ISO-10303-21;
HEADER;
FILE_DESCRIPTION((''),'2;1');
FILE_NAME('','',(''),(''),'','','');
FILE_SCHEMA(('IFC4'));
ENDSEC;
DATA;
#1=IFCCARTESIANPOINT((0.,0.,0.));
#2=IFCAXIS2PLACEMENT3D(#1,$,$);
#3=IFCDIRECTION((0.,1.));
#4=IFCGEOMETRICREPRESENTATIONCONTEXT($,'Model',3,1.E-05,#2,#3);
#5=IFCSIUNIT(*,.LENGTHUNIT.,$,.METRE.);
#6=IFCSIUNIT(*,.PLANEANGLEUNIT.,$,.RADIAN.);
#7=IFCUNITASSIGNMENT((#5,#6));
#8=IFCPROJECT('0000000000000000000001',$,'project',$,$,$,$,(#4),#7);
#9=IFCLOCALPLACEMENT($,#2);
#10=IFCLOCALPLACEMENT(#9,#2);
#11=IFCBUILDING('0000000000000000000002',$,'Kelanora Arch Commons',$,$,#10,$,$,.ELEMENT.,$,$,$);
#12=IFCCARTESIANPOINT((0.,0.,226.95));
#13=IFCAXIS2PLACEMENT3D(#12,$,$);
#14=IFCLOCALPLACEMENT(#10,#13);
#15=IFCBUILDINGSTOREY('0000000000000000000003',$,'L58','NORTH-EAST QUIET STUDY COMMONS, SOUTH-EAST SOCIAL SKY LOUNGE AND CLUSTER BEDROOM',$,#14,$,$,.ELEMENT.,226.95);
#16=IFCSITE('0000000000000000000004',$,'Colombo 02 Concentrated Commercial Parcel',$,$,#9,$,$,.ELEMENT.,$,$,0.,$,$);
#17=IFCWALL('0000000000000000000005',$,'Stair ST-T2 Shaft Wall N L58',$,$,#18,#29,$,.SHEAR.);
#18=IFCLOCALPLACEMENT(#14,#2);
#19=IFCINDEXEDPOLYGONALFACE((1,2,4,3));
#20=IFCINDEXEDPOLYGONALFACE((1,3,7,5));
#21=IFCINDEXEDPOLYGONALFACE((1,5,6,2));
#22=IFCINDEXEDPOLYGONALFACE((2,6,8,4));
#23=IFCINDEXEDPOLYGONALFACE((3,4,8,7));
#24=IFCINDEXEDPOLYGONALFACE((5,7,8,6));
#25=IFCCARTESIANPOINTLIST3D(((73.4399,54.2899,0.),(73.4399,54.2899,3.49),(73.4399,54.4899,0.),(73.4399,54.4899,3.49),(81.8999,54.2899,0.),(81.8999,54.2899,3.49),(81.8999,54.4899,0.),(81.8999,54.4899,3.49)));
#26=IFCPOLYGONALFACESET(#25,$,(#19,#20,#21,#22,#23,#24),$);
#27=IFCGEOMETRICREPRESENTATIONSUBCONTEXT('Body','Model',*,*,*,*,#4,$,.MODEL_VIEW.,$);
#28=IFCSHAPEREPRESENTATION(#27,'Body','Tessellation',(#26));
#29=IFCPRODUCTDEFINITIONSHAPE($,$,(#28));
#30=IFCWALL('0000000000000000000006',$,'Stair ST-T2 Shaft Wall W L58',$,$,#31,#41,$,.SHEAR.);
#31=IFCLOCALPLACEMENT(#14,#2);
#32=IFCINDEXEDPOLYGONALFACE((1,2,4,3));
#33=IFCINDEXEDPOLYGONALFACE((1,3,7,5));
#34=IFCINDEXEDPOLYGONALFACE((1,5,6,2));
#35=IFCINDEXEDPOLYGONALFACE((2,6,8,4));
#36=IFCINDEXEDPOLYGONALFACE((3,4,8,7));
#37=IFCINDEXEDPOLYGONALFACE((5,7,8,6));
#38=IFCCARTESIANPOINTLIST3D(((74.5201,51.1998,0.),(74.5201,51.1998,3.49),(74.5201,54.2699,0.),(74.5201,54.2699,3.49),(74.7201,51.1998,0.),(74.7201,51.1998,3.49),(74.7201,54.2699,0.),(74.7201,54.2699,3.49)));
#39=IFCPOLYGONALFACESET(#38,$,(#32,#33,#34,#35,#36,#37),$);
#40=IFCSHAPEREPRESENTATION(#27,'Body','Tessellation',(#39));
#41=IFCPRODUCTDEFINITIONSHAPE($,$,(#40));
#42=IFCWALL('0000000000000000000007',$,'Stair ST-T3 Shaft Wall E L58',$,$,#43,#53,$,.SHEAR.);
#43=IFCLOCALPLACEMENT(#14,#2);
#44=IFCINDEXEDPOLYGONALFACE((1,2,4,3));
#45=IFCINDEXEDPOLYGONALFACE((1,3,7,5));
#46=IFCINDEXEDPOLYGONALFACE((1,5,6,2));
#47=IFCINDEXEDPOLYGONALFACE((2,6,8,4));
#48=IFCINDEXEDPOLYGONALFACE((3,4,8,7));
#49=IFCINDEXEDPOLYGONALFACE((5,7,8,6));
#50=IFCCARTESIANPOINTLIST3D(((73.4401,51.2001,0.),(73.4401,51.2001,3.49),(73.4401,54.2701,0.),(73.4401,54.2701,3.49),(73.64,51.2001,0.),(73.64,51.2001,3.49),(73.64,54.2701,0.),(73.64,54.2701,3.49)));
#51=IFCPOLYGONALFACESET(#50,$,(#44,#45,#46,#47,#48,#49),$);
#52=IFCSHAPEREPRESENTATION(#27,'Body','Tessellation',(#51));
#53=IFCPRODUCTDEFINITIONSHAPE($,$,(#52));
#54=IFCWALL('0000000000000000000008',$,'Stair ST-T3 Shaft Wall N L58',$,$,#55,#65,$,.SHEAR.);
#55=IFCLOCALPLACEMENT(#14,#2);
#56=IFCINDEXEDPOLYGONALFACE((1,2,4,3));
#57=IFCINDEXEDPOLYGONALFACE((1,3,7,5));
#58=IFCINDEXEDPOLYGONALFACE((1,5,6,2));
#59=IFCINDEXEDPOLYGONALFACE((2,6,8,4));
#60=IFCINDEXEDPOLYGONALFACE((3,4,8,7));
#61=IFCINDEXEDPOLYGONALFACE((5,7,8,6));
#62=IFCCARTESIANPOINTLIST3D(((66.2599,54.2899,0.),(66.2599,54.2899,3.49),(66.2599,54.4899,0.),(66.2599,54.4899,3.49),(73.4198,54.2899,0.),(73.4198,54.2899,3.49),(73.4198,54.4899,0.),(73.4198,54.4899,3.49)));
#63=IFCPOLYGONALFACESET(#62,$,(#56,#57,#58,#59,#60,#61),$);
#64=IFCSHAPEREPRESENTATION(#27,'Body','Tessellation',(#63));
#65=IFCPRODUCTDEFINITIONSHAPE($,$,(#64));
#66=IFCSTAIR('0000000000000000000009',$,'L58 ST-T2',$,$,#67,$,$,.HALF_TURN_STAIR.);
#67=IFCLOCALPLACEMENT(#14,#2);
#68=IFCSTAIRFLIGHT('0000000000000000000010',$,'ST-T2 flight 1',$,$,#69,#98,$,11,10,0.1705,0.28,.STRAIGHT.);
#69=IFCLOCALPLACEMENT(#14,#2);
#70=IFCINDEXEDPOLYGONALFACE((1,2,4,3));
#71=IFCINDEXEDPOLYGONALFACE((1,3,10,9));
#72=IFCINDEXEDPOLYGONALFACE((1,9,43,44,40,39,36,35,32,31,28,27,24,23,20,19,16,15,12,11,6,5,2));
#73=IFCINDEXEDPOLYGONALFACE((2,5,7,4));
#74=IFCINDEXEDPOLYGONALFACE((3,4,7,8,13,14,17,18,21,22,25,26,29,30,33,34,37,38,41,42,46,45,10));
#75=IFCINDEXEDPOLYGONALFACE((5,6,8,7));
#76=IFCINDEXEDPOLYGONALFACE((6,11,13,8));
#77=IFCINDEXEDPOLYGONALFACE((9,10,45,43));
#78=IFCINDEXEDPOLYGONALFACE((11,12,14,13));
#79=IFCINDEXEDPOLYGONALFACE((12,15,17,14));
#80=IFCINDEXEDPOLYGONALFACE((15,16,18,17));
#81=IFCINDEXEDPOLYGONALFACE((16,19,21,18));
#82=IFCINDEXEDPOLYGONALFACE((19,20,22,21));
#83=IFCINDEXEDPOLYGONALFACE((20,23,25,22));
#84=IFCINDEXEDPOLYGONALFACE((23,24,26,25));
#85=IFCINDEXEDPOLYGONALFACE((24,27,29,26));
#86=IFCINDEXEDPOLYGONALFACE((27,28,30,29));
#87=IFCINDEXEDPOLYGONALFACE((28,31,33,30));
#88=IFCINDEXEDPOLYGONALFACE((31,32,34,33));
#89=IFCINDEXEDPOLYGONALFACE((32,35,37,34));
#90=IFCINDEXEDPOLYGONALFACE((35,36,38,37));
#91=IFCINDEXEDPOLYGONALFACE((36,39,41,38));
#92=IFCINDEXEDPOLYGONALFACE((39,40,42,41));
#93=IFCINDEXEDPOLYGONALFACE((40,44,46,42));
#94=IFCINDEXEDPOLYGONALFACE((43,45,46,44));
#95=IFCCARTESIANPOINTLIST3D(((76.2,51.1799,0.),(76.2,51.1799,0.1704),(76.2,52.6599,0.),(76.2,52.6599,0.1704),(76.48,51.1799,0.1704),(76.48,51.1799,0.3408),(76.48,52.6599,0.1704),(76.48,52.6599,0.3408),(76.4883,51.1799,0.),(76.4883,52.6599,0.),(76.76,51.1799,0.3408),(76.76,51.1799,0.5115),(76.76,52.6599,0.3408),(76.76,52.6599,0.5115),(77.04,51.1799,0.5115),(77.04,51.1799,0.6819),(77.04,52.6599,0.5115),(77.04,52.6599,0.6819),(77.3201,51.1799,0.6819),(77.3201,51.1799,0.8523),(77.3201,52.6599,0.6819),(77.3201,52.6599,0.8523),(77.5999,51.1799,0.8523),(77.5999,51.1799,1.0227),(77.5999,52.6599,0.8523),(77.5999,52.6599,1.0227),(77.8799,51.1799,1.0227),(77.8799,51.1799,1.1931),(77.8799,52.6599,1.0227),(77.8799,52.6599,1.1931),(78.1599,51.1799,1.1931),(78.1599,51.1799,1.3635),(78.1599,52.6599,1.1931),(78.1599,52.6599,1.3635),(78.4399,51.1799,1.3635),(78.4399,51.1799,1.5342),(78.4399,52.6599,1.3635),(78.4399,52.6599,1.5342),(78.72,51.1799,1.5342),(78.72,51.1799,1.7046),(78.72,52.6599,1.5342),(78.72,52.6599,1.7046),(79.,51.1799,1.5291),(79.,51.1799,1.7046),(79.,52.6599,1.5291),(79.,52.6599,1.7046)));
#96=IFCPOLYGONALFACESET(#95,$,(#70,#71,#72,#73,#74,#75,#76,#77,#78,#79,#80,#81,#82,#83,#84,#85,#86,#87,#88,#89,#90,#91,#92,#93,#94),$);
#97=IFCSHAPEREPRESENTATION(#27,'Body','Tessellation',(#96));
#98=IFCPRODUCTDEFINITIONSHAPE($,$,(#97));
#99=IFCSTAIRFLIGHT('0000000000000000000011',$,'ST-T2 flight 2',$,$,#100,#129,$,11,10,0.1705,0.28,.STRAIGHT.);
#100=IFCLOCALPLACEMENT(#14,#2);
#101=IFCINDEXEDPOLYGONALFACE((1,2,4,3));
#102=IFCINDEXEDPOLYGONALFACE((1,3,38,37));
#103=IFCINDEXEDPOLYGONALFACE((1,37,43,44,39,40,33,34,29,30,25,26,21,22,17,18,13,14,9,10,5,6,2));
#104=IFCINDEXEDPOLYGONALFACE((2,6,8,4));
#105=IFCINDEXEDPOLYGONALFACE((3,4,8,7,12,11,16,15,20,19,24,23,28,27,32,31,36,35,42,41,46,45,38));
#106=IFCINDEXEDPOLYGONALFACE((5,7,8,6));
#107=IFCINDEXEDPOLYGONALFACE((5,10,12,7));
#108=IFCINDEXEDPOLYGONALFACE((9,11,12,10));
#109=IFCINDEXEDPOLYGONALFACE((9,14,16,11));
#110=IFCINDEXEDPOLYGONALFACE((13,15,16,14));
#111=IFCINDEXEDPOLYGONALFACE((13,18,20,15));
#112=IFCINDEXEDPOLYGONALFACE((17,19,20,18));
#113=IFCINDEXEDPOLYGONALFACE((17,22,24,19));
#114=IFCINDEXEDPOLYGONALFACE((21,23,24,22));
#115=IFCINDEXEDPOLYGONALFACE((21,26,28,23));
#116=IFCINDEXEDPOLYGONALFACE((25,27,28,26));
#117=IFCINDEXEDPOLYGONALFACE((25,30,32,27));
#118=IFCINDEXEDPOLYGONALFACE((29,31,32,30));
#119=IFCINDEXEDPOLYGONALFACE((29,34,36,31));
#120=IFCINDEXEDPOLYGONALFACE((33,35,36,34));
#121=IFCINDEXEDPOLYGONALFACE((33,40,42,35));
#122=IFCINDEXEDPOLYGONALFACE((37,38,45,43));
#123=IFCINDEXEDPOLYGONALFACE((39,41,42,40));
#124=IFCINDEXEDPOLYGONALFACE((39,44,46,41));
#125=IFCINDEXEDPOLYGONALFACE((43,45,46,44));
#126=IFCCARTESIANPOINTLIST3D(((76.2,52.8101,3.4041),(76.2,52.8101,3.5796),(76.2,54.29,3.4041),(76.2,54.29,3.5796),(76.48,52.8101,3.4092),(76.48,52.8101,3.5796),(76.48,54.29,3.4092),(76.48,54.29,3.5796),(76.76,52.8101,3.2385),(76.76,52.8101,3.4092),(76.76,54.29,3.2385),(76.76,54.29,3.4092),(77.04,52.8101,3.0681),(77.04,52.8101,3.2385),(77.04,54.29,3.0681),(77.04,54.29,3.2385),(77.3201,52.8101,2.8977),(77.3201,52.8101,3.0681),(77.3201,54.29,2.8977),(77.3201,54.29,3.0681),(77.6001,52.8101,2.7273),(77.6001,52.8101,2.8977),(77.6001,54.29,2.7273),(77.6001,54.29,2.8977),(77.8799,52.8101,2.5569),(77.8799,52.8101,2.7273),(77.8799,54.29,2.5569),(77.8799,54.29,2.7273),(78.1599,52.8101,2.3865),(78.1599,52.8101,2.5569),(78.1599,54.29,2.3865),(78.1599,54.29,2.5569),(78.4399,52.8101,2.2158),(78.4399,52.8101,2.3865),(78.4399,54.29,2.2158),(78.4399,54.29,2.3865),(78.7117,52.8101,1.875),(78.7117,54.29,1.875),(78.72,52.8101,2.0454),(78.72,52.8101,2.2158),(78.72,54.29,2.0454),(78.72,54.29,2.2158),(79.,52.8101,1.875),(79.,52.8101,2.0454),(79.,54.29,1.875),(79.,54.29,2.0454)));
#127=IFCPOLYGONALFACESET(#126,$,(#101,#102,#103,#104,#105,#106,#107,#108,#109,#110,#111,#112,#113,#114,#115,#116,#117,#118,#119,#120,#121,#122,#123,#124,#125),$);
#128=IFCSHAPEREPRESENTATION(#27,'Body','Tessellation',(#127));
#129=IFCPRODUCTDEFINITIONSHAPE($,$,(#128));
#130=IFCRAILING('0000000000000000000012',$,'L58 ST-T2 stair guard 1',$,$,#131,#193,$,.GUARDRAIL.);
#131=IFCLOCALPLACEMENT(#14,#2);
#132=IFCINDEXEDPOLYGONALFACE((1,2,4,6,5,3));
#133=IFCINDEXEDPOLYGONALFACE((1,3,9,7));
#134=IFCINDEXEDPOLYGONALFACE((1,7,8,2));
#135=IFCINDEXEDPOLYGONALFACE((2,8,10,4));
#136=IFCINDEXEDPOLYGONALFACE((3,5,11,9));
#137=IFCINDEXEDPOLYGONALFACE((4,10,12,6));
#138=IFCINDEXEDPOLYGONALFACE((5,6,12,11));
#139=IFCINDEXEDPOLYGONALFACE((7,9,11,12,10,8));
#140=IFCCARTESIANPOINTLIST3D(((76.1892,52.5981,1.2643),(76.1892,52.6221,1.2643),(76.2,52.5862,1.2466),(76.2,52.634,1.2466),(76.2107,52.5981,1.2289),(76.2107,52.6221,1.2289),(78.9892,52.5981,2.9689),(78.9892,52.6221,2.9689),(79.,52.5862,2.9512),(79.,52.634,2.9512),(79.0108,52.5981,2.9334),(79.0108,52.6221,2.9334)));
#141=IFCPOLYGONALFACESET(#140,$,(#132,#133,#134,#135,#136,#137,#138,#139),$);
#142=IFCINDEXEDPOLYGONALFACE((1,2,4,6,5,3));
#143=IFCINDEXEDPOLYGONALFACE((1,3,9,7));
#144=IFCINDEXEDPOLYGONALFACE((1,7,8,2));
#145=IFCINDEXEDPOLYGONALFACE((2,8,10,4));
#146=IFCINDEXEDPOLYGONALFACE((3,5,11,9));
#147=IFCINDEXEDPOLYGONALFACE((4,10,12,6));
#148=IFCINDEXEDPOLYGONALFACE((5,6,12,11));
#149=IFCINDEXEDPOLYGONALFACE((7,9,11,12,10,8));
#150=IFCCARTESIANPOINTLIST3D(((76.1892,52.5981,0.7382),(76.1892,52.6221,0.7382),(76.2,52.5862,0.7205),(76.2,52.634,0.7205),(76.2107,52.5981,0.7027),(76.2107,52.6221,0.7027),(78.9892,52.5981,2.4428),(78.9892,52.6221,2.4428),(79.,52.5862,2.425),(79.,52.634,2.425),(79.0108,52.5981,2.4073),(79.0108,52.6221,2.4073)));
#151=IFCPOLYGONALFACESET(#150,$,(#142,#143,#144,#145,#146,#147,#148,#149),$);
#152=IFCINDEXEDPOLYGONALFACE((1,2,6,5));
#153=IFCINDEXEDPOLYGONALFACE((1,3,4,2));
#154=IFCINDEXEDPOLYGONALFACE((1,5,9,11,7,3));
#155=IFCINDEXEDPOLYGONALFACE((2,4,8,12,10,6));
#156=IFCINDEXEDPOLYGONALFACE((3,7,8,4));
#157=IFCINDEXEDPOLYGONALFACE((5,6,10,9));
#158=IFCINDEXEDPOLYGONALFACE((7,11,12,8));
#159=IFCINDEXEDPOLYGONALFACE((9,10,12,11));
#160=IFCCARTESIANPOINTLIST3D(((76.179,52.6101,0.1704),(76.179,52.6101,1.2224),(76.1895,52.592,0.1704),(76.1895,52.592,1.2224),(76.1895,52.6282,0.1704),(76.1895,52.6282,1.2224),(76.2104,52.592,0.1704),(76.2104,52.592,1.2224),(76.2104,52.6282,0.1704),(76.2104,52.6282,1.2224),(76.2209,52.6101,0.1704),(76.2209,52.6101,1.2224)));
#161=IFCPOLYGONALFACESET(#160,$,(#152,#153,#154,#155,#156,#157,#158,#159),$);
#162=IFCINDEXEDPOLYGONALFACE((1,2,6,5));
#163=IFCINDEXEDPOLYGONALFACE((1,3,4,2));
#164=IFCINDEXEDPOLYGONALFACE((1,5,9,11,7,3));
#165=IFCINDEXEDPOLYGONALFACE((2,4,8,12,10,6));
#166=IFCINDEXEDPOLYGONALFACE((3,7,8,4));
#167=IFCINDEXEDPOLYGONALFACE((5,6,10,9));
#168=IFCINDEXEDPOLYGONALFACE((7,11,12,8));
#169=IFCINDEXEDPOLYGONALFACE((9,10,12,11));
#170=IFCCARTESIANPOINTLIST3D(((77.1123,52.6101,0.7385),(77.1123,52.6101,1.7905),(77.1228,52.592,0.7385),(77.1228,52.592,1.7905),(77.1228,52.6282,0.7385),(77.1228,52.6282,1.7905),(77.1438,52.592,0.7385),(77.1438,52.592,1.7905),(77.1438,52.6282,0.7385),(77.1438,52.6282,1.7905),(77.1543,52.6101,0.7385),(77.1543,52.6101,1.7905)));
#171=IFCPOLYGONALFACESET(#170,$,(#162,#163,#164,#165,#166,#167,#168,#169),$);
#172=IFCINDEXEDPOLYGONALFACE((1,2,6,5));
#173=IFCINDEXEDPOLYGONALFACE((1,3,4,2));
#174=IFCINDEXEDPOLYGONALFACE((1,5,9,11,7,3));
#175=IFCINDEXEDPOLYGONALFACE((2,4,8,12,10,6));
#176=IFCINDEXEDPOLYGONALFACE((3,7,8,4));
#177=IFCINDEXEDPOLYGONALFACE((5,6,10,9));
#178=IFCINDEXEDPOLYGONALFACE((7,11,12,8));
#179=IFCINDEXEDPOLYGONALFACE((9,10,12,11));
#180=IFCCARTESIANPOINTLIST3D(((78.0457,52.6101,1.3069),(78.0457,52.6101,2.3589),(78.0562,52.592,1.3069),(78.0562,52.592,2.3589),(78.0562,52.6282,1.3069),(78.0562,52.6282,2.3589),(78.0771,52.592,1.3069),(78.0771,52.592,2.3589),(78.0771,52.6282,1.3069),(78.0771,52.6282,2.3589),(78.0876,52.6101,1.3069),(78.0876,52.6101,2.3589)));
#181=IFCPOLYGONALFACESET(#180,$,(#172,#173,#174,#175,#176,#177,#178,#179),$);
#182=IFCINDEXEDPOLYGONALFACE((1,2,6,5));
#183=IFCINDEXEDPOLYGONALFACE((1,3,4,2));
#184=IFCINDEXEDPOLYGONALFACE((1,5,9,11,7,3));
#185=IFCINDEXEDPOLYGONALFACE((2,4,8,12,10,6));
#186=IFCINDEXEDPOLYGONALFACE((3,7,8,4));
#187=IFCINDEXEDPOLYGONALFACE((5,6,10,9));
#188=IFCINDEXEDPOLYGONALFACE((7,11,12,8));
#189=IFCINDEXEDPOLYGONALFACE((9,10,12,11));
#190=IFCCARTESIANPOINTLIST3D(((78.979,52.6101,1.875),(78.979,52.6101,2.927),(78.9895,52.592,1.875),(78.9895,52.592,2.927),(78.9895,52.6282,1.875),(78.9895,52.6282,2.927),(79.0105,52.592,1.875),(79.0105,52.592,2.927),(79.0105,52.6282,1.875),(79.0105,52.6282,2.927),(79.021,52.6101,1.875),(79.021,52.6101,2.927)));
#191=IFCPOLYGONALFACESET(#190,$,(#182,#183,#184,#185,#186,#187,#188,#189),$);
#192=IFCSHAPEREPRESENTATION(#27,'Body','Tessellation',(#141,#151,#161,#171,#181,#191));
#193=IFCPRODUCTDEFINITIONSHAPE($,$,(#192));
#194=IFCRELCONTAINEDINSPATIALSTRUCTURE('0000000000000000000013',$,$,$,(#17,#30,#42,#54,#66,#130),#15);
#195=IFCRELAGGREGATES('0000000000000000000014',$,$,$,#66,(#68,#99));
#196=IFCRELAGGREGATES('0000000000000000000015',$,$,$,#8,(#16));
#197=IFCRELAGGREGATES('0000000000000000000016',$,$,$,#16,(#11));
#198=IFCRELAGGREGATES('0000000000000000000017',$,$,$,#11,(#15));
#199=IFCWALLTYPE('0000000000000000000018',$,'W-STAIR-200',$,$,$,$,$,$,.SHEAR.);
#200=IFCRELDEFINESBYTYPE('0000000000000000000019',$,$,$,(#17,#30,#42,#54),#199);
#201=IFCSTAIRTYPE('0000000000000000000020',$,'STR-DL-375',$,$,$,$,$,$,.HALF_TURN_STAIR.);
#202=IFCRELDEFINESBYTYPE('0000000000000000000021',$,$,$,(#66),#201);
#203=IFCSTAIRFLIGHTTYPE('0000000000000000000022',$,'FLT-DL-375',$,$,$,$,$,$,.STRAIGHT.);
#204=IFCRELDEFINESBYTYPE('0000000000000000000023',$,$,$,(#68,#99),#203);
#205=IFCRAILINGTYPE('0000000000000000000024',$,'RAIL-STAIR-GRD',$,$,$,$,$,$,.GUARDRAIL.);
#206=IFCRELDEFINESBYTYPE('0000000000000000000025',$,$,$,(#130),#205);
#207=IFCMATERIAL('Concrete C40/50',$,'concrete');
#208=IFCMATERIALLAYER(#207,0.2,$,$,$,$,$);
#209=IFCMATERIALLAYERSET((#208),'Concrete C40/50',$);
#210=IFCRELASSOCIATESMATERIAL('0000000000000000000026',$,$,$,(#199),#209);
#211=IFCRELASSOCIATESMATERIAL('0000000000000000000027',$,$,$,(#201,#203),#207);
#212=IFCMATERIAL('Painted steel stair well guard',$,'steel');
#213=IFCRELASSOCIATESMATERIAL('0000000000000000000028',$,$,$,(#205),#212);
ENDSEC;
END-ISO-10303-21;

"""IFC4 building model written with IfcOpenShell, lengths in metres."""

from ifc_helpers import new_model, si_unit, direction, frame, frame_2d, origin, place, context, subcontext, project, spatial, polyline, rectangle, outline, extrude, material, layer, layer_set, type_object, element, aggregate, save


model = new_model("IFC4")

# Units and contexts
model_context = context("Model", 3, precision=1e-05, world=origin(), true_north=direction((0.0, 1.0)))
body_context = subcontext(model_context, "Body", "Model", "MODEL_VIEW")
ifc_project = project(units=[si_unit("LENGTHUNIT", "METRE"), si_unit("PLANEANGLEUNIT", "RADIAN")], contexts=[model_context])

# Site, building, storey
site_placement = place(None, origin())
site = spatial("IfcSite", under=ifc_project, at=site_placement, Name="Colombo 02 Concentrated Commercial Parcel", CompositionType="ELEMENT", RefElevation=0.0)
building_placement = place(site_placement, origin())
building = spatial("IfcBuilding", under=site, at=building_placement, Name="Kelanora Arch Commons", CompositionType="ELEMENT")
storey_placement = place(building_placement, frame((0.0, 0.0, 226.95)))
storey = spatial("IfcBuildingStorey", under=building, at=storey_placement, Name="L58", Description="NORTH-EAST QUIET STUDY COMMONS, SOUTH-EAST SOCIAL SKY LOUNGE AND CLUSTER BEDROOM", CompositionType="ELEMENT", Elevation=226.95)

# Shared definitions
ifc_material_1 = material(Name="Concrete C40/50", Category="concrete")
ifc_layer_1 = layer(ifc_material_1, 0.2)
ifc_layer_set_1 = layer_set([ifc_layer_1], Name="Concrete C40/50")
wall_type_1 = type_object("IfcWallType", Name="W-STAIR-200", PredefinedType="SHEAR", material=ifc_layer_set_1)

# Walls
wall_1_placement = place(storey_placement, frame((81.8999, 54.3899, 0.0), z_axis=(0.0, 0.0, 1.0), x_axis=(-1.0, 0.0, 0.0)))
element("IfcWall", 1, at=wall_1_placement, inside=storey, type_object=wall_type_1, Name="Stair ST-T2 Shaft Wall N L58", PredefinedType="SHEAR", context=body_context, shape_type="SweptSolid", body=[
    extrude(rectangle(XDim=8.46, YDim=0.2, at=frame_2d((4.23, 0.0))), origin(), (0.0, 0.0, 1.0), 3.49),
])
for number, where, z_axis, x_axis, name in (
    (2, (74.6201, 54.27, 0.0), (0.0, 0.0, 1.0), (0.0, -1.0, 0.0), "Stair ST-T2 Shaft Wall W L58"),
    (3, (73.54, 51.2, 0.0), (0.0, 0.0, 1.0), (0.0, 1.0, 0.0), "Stair ST-T3 Shaft Wall E L58"),
):
    element("IfcWall", number, at=place(storey_placement, frame(where, z_axis=z_axis, x_axis=x_axis)), inside=storey, type_object=wall_type_1, Name=name, PredefinedType="SHEAR", context=body_context, shape_type="SweptSolid", body=[
        extrude(rectangle(XDim=3.0701, YDim=0.2, at=frame_2d((1.5352, 0.0))), origin(), (0.0, 0.0, 1.0), 3.49),
    ])
wall_2_placement = place(storey_placement, frame((73.4199, 54.3899, 0.0), z_axis=(0.0, 0.0, 1.0), x_axis=(-1.0, 0.0, 0.0)))
element("IfcWall", 4, at=wall_2_placement, inside=storey, type_object=wall_type_1, Name="Stair ST-T3 Shaft Wall N L58", PredefinedType="SHEAR", context=body_context, shape_type="SweptSolid", body=[
    extrude(rectangle(XDim=7.1599, YDim=0.2, at=frame_2d((3.5801, 0.0))), origin(), (0.0, 0.0, 1.0), 3.49),
])

# Stair, stair flights
stair_type = type_object("IfcStairType", Name="STR-DL-375", PredefinedType="HALF_TURN_STAIR", material=ifc_material_1)
stair_placement = place(storey_placement, origin())
stair = element("IfcStair", 5, at=stair_placement, inside=storey, type_object=stair_type, Name="L58 ST-T2", PredefinedType="HALF_TURN_STAIR")
stair_flight_type = type_object("IfcStairFlightType", Name="FLT-DL-375", PredefinedType="STRAIGHT", material=ifc_material_1)
stair_flight_1_placement = place(storey_placement, frame((76.2, 51.9199, 0.0), z_axis=(0.0, 0.0, 1.0), x_axis=(1.0, 0.0, 0.0)))
stair_flight_1 = element("IfcStairFlight", 6, at=stair_flight_1_placement, type_object=stair_flight_type, Name="ST-T2 flight 1", NumberOfRisers=11, NumberOfTreads=10, PredefinedType="STRAIGHT", RiserHeight=0.1705, TreadLength=0.28, context=body_context, shape_type="SweptSolid", body=[
    extrude(outline(polyline([(0.0, 0.0), (0.0, 0.1704), (0.28, 0.1704), (0.28, 0.3408), (0.5601, 0.3408), (0.5601, 0.5115), (0.8401, 0.5115), (0.8401, 0.6819), (1.1201, 0.6819), (1.1201, 0.8523), (1.3999, 0.8523), (1.3999, 1.0227), (1.6799, 1.0227), (1.6799, 1.1931), (1.96, 1.1931), (1.96, 1.3635), (2.24, 1.3635), (2.24, 1.5342), (2.52, 1.5342), (2.52, 1.7046), (2.8, 1.7046), (2.8, 1.875), (2.8, 1.5291), (0.2883, 0.0), (0.0, 0.0)])), frame((0.0, 0.74, 0.0), z_axis=(0.0, -1.0, 0.0), x_axis=(1.0, 0.0, 0.0)), (0.0, 0.0, 1.0), 1.48),
])
stair_flight_2_placement = place(storey_placement, frame((79.0, 53.55, 1.875), z_axis=(0.0, 0.0, 1.0), x_axis=(-1.0, 0.0, 0.0)))
stair_flight_2 = element("IfcStairFlight", 7, at=stair_flight_2_placement, type_object=stair_flight_type, Name="ST-T2 flight 2", NumberOfRisers=11, NumberOfTreads=10, PredefinedType="STRAIGHT", RiserHeight=0.1705, TreadLength=0.28, context=body_context, shape_type="SweptSolid", body=[
    extrude(outline(polyline([(0.0, 0.0), (0.0, 0.1704), (0.28, 0.1704), (0.28, 0.3408), (0.5601, 0.3408), (0.5601, 0.5115), (0.8401, 0.5115), (0.8401, 0.6819), (1.1201, 0.6819), (1.1201, 0.8523), (1.3999, 0.8523), (1.3999, 1.0227), (1.6799, 1.0227), (1.6799, 1.1931), (1.96, 1.1931), (1.96, 1.3635), (2.24, 1.3635), (2.24, 1.5342), (2.52, 1.5342), (2.52, 1.7046), (2.8, 1.7046), (2.8, 1.875), (2.8, 1.5291), (0.2883, 0.0), (0.0, 0.0)])), frame((0.0, 0.74, 0.0), z_axis=(0.0, -1.0, 0.0), x_axis=(1.0, 0.0, 0.0)), (0.0, 0.0, 1.0), 1.48),
])
aggregate(stair, [stair_flight_1, stair_flight_2])

# Railing
ifc_material_2 = material(Name="Painted steel stair well guard", Category="steel")
railing_type_1 = type_object("IfcRailingType", Name="RAIL-STAIR-GRD", PredefinedType="GUARDRAIL", material=ifc_material_2)
railing_1_placement = place(storey_placement, frame((76.2, 52.6101, 0.1704)))
element("IfcRailing", 8, at=railing_1_placement, inside=storey, type_object=railing_type_1, Name="L58 ST-T2 stair guard 1", PredefinedType="GUARDRAIL", context=body_context, shape_type="SweptSolid", body=[
    extrude(outline(polyline([(0.0239, 0.0), (0.012, 0.0208), (-0.012, 0.0208), (-0.0239, 0.0), (-0.012, -0.0208), (0.012, -0.0208), (0.0239, 0.0)])), frame((0.0, 0.0, 1.0762), z_axis=(0.85417, 0.0, 0.519994), x_axis=(0.0, 1.0, 0.0)), (0.0, 0.0, 1.0), 3.2781),
    extrude(outline(polyline([(0.0239, 0.0), (0.012, 0.0208), (-0.012, 0.0208), (-0.0239, 0.0), (-0.012, -0.0208), (0.012, -0.0208), (0.0239, 0.0)])), frame((0.0, 0.0, 0.55), z_axis=(0.85417, 0.0, 0.519994), x_axis=(0.0, 1.0, 0.0)), (0.0, 0.0, 1.0), 3.2781),
    extrude(outline(polyline([(0.021, 0.0), (0.0105, 0.0181), (-0.0105, 0.0181), (-0.021, 0.0), (-0.0105, -0.0181), (0.0105, -0.0181), (0.021, 0.0)])), origin(), (0.0, 0.0, 1.0), 1.052),
    extrude(outline(polyline([(0.021, 0.0), (0.0105, 0.0181), (-0.0105, 0.0181), (-0.021, 0.0), (-0.0105, -0.0181), (0.0105, -0.0181), (0.021, 0.0)])), frame((0.9333, 0.0, 0.5681)), (0.0, 0.0, 1.0), 1.052),
    extrude(outline(polyline([(0.021, 0.0), (0.0105, 0.0181), (-0.0105, 0.0181), (-0.021, 0.0), (-0.0105, -0.0181), (0.0105, -0.0181), (0.021, 0.0)])), frame((1.8667, 0.0, 1.1365)), (0.0, 0.0, 1.0), 1.052),
    extrude(outline(polyline([(0.021, 0.0), (0.0105, 0.0181), (-0.0105, 0.0181), (-0.021, 0.0), (-0.0105, -0.0181), (0.0105, -0.0181), (0.021, 0.0)])), frame((2.8, 0.0, 1.7046)), (0.0, 0.0, 1.0), 1.052),
])

save(model, "model.ifc")
